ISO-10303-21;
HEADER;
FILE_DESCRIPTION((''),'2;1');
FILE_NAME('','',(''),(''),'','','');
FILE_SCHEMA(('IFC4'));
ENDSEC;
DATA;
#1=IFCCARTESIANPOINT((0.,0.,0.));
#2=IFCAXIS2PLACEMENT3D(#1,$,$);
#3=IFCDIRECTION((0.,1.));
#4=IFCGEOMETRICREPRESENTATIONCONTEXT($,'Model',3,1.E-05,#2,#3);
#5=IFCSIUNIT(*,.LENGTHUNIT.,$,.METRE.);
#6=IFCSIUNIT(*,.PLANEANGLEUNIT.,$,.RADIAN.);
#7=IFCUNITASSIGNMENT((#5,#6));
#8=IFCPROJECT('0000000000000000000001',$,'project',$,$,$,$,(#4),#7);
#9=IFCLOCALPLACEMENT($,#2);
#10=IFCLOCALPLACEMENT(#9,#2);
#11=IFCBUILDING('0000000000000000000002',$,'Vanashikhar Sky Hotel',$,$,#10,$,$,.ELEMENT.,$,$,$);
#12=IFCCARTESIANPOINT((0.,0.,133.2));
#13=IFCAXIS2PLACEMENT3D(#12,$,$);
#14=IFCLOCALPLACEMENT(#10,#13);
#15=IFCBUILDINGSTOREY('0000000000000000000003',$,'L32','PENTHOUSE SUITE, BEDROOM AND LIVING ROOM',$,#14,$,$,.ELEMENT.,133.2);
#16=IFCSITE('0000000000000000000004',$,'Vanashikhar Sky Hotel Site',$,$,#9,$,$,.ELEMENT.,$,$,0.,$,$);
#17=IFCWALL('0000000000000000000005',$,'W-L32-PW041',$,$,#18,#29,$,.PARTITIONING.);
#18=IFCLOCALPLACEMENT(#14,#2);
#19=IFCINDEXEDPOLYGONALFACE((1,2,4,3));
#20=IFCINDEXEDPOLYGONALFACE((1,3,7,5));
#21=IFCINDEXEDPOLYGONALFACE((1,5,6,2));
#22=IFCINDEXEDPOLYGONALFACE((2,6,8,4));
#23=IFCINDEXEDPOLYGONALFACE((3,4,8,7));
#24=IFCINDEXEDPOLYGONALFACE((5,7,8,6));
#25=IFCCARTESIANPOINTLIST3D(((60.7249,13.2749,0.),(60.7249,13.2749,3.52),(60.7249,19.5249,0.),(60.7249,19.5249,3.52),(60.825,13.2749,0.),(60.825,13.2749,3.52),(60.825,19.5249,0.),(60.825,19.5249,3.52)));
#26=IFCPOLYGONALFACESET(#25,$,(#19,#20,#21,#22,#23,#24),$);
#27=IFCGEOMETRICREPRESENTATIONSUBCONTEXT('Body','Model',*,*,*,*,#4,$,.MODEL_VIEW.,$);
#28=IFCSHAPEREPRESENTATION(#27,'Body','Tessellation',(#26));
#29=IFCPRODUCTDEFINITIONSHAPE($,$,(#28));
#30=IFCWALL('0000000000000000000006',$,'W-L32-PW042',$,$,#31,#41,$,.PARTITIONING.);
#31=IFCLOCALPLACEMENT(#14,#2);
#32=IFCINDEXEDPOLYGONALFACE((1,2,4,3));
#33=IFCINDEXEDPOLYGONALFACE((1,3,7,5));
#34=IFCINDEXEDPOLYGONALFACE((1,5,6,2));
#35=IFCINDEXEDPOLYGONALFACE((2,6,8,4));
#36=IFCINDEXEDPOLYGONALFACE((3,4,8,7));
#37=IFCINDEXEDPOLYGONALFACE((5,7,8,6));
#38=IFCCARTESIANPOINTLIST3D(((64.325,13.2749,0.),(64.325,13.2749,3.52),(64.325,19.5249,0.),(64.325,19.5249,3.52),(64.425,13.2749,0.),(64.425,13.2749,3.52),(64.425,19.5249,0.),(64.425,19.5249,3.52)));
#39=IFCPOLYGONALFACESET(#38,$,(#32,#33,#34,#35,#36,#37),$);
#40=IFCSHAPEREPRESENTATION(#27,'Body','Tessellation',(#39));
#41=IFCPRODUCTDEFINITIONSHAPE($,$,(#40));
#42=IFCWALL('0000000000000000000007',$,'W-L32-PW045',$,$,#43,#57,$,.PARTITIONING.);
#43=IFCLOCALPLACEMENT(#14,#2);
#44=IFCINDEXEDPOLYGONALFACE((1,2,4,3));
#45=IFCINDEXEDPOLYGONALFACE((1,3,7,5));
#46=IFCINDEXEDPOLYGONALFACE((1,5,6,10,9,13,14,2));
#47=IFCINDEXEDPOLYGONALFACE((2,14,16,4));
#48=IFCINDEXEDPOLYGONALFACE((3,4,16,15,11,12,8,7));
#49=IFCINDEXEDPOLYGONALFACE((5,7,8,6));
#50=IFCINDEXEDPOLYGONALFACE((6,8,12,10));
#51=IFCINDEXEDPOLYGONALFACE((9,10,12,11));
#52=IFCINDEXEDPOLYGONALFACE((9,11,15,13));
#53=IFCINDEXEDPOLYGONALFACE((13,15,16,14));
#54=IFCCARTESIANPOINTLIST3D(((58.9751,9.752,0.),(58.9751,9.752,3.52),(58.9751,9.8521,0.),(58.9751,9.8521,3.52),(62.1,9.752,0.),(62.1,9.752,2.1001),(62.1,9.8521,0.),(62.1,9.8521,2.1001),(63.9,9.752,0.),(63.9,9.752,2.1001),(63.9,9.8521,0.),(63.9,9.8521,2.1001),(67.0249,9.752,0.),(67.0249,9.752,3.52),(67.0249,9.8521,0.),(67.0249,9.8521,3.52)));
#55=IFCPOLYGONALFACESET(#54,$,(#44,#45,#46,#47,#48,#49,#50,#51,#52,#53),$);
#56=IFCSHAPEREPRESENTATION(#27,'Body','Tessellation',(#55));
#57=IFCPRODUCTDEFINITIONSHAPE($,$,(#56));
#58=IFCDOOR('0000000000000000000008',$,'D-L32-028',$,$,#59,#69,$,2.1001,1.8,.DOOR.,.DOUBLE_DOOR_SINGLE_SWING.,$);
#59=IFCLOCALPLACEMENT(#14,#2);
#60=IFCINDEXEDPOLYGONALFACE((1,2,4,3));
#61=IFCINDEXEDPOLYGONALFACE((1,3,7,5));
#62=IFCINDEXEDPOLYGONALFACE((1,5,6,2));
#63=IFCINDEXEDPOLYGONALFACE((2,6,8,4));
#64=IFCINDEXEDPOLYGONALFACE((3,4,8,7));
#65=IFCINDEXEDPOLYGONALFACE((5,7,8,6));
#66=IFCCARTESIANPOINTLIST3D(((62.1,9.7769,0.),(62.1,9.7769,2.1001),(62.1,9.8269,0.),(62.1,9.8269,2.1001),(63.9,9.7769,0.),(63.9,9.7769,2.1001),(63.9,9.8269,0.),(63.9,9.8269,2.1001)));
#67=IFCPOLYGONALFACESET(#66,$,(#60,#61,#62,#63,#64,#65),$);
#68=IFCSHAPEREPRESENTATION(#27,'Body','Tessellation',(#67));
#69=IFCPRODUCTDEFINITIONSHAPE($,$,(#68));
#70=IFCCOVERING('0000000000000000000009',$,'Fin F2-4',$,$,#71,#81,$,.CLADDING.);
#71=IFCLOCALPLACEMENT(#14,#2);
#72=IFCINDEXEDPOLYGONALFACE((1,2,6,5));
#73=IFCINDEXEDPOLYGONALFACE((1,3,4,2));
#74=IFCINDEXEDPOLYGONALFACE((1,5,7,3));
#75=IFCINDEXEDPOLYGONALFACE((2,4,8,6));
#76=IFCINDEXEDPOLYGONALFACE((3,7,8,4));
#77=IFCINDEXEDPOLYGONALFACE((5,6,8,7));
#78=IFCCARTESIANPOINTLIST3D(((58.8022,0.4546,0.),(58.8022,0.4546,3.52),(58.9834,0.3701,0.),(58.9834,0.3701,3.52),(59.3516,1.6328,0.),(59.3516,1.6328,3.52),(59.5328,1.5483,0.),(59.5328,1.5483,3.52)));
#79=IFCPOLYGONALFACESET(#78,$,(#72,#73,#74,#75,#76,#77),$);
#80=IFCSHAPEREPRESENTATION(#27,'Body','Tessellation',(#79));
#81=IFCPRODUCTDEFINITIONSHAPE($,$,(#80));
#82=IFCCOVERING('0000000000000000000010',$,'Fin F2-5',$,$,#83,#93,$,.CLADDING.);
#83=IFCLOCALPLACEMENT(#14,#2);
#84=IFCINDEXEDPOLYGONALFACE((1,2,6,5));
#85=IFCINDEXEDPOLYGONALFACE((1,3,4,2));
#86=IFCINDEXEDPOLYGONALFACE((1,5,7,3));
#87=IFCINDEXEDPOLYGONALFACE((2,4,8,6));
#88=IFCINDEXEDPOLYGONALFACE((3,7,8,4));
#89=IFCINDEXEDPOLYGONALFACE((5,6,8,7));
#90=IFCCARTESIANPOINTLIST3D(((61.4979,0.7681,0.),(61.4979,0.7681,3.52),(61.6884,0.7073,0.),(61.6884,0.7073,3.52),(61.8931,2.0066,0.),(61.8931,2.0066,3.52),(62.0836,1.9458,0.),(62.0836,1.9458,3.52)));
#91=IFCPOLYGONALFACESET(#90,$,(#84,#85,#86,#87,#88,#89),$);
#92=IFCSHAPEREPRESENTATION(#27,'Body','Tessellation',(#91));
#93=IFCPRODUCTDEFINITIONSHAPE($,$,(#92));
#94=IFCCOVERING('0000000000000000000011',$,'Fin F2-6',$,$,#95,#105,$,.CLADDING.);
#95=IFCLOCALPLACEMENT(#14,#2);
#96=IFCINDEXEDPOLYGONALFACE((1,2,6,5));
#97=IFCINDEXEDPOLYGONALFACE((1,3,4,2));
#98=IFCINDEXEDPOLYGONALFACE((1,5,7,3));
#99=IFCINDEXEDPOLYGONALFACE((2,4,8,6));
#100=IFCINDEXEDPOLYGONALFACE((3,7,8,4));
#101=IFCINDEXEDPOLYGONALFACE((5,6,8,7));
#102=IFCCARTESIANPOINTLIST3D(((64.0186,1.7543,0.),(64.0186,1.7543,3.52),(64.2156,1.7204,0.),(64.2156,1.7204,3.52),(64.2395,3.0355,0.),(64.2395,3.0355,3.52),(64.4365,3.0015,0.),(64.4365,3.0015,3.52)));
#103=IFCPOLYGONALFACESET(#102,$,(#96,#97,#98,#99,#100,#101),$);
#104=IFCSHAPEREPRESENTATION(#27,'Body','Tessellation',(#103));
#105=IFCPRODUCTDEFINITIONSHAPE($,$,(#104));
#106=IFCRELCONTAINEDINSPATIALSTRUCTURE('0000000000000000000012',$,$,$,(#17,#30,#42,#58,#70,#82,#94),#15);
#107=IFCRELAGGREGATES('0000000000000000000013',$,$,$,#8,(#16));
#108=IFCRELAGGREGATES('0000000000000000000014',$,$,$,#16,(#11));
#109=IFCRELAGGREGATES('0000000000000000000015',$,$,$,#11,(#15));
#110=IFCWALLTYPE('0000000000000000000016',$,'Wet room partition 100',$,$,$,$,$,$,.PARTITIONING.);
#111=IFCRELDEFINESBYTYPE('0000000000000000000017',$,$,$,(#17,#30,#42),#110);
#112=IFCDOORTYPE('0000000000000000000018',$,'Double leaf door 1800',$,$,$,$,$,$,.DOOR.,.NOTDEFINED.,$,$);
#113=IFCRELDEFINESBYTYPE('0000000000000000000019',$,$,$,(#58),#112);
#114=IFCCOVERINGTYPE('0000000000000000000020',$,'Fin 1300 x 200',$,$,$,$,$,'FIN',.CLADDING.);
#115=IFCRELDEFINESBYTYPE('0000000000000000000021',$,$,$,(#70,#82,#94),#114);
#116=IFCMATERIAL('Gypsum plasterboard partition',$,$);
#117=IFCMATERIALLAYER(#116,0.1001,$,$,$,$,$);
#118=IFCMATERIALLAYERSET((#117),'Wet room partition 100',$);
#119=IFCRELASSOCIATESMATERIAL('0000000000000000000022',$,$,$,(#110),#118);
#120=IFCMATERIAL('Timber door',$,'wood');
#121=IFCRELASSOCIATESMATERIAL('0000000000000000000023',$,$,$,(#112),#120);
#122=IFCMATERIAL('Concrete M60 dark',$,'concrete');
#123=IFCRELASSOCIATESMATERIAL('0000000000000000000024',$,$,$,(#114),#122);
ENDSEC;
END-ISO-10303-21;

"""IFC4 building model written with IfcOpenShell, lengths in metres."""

from ifc_helpers import new_model, si_unit, direction, frame, frame_2d, origin, origin_2d, place, context, subcontext, project, spatial, rectangle, extrude, source, transform, mapped, material, layer, layer_set, material_profile, profile_set, type_object, element, fill, save


model = new_model("IFC4")

# Units and contexts
model_context = context("Model", 3, precision=1e-05, world=origin(), true_north=direction((0.0, 1.0)))
body_context = subcontext(model_context, "Body", "Model", "MODEL_VIEW")
ifc_project = project(units=[si_unit("LENGTHUNIT", "METRE"), si_unit("PLANEANGLEUNIT", "RADIAN")], contexts=[model_context])

# Site, building, storey
site_placement = place(None, origin())
site = spatial("IfcSite", under=ifc_project, at=site_placement, Name="Vanashikhar Sky Hotel Site", CompositionType="ELEMENT", RefElevation=0.0)
building_placement = place(site_placement, origin())
building = spatial("IfcBuilding", under=site, at=building_placement, Name="Vanashikhar Sky Hotel", CompositionType="ELEMENT")
storey_placement = place(building_placement, frame((0.0, 0.0, 133.2)))
storey = spatial("IfcBuildingStorey", under=building, at=storey_placement, Name="L32", Description="PENTHOUSE SUITE, BEDROOM AND LIVING ROOM", CompositionType="ELEMENT", Elevation=133.2)

# Shared definitions
ifc_material_1 = material(Name="Gypsum plasterboard partition")
ifc_layer_1 = layer(ifc_material_1, 0.1001)
ifc_layer_set_1 = layer_set([ifc_layer_1], Name="Wet room partition 100")
wall_type_1 = type_object("IfcWallType", Name="Wet room partition 100", PredefinedType="PARTITIONING", material=ifc_layer_set_1)
ifc_material_2 = material(Name="Timber door", Category="wood")

# Walls
shared_shape_1 = source(origin(), body_context, "Body", "SweptSolid", [
    extrude(rectangle(XDim=6.25, YDim=0.1001, at=frame_2d((3.125, 0.0))), origin(), (0.0, 0.0, 1.0), 3.52),
])
for number, where, z_axis, x_axis, name in (
    (1, (60.7749, 13.2749, 0.0), (0.0, 0.0, 1.0), (0.0, 1.0, 0.0), "W-L32-PW041"),
    (2, (64.375, 13.2749, 0.0), (0.0, 0.0, 1.0), (0.0, 1.0, 0.0), "W-L32-PW042"),
):
    element("IfcWall", number, at=place(storey_placement, frame(where, z_axis=z_axis, x_axis=x_axis)), inside=storey, type_object=wall_type_1, Name=name, PredefinedType="PARTITIONING", context=body_context, shape_type="MappedRepresentation", body=[
        mapped(shared_shape_1, transform((0.0, 0.0, 0.0), scale=1.0)),
    ])

# Wall, opening, door
shared_shape_2 = source(origin(), body_context, "Body", "SweptSolid", [
    extrude(rectangle(XDim=8.0498, YDim=0.1001, at=frame_2d((4.0249, 0.0))), origin(), (0.0, 0.0, 1.0), 3.52),
])
wall_1_placement = place(storey_placement, frame((58.9751, 9.802, 0.0), z_axis=(0.0, 0.0, 1.0), x_axis=(1.0, 0.0, 0.0)))
wall_1 = element("IfcWall", 3, at=wall_1_placement, inside=storey, type_object=wall_type_1, Name="W-L32-PW045", PredefinedType="PARTITIONING", context=body_context, shape_type="MappedRepresentation", body=[
    mapped(shared_shape_2, transform((0.0, 0.0, 0.0), scale=1.0)),
])
shared_shape_3 = source(origin(), body_context, "Body", "SweptSolid", [
    extrude(rectangle(XDim=1.8, YDim=2.1001, at=frame_2d((0.8999, 1.05))), frame((0.0, 0.0601, 0.0), z_axis=(0.0, -1.0, 0.0), x_axis=(1.0, 0.0, 0.0)), (0.0, 0.0, 1.0), 0.1201),
])
opening_1_placement = place(wall_1_placement, frame((3.125, 0.0, 0.0)))
opening_1 = element("IfcOpeningElement", 4, at=opening_1_placement, cuts=wall_1, PredefinedType="OPENING", context=body_context, shape_type="MappedRepresentation", body=[
    mapped(shared_shape_3, transform((0.0, 0.0, 0.0), scale=1.0)),
])
door_type_1 = type_object("IfcDoorType", Name="Double leaf door 1800", OperationType="NOTDEFINED", PredefinedType="DOOR", material=ifc_material_2)
shared_shape_4 = source(origin(), body_context, "Body", "SweptSolid", [
    extrude(rectangle(XDim=1.8, YDim=2.1001, at=frame_2d((0.8999, 1.05))), frame((0.0, 0.0249, 0.0), z_axis=(0.0, -1.0, 0.0), x_axis=(1.0, 0.0, 0.0)), (0.0, 0.0, 1.0), 0.05),
])
door_1_placement = place(opening_1_placement, origin())
door_1 = element("IfcDoor", 5, at=door_1_placement, inside=storey, type_object=door_type_1, Name="D-L32-028", OperationType="DOUBLE_DOOR_SINGLE_SWING", OverallHeight=2.1001, OverallWidth=1.8, PredefinedType="DOOR", context=body_context, shape_type="MappedRepresentation", body=[
    mapped(shared_shape_4, transform((0.0, 0.0, 0.0), scale=1.0)),
])
fill(opening_1, door_1)

# Coverings
ifc_material_3 = material(Name="Concrete M60 dark", Category="concrete")
ifc_material_profile = material_profile(ifc_material_3, rectangle(XDim=1.3, YDim=0.2, at=origin_2d()))
ifc_profile_set = profile_set([ifc_material_profile], Name="Fin 1300 x 200")
covering_type = type_object("IfcCoveringType", Name="Fin 1300 x 200", ElementType="FIN", PredefinedType="CLADDING", material=ifc_profile_set)
shared_shape_5 = source(origin(), body_context, "Body", "SweptSolid", [
    extrude(rectangle(XDim=1.3, YDim=0.2, at=origin_2d()), origin(), (0.0, 0.0, 1.0), 3.52),
])
for number, where, z_axis, x_axis, name in (
    (6, (59.1675, 1.0015, 0.0), (0.0, 0.0, 1.0), (-0.422618, -0.906308, 0.0), "Fin F2-4"),
    (7, (61.7908, 1.3569, 0.0), (0.0, 0.0, 1.0), (-0.303967, -0.952683, 0.0), "Fin F2-5"),
    (8, (64.2275, 2.3779, 0.0), (0.0, 0.0, 1.0), (-0.1699, -0.985461, 0.0), "Fin F2-6"),
):
    element("IfcCovering", number, at=place(storey_placement, frame(where, z_axis=z_axis, x_axis=x_axis)), inside=storey, type_object=covering_type, Name=name, PredefinedType="CLADDING", context=body_context, shape_type="MappedRepresentation", body=[
        mapped(shared_shape_5, transform((0.0, 0.0, 0.0), scale=1.0)),
    ])

save(model, "model.ifc")
